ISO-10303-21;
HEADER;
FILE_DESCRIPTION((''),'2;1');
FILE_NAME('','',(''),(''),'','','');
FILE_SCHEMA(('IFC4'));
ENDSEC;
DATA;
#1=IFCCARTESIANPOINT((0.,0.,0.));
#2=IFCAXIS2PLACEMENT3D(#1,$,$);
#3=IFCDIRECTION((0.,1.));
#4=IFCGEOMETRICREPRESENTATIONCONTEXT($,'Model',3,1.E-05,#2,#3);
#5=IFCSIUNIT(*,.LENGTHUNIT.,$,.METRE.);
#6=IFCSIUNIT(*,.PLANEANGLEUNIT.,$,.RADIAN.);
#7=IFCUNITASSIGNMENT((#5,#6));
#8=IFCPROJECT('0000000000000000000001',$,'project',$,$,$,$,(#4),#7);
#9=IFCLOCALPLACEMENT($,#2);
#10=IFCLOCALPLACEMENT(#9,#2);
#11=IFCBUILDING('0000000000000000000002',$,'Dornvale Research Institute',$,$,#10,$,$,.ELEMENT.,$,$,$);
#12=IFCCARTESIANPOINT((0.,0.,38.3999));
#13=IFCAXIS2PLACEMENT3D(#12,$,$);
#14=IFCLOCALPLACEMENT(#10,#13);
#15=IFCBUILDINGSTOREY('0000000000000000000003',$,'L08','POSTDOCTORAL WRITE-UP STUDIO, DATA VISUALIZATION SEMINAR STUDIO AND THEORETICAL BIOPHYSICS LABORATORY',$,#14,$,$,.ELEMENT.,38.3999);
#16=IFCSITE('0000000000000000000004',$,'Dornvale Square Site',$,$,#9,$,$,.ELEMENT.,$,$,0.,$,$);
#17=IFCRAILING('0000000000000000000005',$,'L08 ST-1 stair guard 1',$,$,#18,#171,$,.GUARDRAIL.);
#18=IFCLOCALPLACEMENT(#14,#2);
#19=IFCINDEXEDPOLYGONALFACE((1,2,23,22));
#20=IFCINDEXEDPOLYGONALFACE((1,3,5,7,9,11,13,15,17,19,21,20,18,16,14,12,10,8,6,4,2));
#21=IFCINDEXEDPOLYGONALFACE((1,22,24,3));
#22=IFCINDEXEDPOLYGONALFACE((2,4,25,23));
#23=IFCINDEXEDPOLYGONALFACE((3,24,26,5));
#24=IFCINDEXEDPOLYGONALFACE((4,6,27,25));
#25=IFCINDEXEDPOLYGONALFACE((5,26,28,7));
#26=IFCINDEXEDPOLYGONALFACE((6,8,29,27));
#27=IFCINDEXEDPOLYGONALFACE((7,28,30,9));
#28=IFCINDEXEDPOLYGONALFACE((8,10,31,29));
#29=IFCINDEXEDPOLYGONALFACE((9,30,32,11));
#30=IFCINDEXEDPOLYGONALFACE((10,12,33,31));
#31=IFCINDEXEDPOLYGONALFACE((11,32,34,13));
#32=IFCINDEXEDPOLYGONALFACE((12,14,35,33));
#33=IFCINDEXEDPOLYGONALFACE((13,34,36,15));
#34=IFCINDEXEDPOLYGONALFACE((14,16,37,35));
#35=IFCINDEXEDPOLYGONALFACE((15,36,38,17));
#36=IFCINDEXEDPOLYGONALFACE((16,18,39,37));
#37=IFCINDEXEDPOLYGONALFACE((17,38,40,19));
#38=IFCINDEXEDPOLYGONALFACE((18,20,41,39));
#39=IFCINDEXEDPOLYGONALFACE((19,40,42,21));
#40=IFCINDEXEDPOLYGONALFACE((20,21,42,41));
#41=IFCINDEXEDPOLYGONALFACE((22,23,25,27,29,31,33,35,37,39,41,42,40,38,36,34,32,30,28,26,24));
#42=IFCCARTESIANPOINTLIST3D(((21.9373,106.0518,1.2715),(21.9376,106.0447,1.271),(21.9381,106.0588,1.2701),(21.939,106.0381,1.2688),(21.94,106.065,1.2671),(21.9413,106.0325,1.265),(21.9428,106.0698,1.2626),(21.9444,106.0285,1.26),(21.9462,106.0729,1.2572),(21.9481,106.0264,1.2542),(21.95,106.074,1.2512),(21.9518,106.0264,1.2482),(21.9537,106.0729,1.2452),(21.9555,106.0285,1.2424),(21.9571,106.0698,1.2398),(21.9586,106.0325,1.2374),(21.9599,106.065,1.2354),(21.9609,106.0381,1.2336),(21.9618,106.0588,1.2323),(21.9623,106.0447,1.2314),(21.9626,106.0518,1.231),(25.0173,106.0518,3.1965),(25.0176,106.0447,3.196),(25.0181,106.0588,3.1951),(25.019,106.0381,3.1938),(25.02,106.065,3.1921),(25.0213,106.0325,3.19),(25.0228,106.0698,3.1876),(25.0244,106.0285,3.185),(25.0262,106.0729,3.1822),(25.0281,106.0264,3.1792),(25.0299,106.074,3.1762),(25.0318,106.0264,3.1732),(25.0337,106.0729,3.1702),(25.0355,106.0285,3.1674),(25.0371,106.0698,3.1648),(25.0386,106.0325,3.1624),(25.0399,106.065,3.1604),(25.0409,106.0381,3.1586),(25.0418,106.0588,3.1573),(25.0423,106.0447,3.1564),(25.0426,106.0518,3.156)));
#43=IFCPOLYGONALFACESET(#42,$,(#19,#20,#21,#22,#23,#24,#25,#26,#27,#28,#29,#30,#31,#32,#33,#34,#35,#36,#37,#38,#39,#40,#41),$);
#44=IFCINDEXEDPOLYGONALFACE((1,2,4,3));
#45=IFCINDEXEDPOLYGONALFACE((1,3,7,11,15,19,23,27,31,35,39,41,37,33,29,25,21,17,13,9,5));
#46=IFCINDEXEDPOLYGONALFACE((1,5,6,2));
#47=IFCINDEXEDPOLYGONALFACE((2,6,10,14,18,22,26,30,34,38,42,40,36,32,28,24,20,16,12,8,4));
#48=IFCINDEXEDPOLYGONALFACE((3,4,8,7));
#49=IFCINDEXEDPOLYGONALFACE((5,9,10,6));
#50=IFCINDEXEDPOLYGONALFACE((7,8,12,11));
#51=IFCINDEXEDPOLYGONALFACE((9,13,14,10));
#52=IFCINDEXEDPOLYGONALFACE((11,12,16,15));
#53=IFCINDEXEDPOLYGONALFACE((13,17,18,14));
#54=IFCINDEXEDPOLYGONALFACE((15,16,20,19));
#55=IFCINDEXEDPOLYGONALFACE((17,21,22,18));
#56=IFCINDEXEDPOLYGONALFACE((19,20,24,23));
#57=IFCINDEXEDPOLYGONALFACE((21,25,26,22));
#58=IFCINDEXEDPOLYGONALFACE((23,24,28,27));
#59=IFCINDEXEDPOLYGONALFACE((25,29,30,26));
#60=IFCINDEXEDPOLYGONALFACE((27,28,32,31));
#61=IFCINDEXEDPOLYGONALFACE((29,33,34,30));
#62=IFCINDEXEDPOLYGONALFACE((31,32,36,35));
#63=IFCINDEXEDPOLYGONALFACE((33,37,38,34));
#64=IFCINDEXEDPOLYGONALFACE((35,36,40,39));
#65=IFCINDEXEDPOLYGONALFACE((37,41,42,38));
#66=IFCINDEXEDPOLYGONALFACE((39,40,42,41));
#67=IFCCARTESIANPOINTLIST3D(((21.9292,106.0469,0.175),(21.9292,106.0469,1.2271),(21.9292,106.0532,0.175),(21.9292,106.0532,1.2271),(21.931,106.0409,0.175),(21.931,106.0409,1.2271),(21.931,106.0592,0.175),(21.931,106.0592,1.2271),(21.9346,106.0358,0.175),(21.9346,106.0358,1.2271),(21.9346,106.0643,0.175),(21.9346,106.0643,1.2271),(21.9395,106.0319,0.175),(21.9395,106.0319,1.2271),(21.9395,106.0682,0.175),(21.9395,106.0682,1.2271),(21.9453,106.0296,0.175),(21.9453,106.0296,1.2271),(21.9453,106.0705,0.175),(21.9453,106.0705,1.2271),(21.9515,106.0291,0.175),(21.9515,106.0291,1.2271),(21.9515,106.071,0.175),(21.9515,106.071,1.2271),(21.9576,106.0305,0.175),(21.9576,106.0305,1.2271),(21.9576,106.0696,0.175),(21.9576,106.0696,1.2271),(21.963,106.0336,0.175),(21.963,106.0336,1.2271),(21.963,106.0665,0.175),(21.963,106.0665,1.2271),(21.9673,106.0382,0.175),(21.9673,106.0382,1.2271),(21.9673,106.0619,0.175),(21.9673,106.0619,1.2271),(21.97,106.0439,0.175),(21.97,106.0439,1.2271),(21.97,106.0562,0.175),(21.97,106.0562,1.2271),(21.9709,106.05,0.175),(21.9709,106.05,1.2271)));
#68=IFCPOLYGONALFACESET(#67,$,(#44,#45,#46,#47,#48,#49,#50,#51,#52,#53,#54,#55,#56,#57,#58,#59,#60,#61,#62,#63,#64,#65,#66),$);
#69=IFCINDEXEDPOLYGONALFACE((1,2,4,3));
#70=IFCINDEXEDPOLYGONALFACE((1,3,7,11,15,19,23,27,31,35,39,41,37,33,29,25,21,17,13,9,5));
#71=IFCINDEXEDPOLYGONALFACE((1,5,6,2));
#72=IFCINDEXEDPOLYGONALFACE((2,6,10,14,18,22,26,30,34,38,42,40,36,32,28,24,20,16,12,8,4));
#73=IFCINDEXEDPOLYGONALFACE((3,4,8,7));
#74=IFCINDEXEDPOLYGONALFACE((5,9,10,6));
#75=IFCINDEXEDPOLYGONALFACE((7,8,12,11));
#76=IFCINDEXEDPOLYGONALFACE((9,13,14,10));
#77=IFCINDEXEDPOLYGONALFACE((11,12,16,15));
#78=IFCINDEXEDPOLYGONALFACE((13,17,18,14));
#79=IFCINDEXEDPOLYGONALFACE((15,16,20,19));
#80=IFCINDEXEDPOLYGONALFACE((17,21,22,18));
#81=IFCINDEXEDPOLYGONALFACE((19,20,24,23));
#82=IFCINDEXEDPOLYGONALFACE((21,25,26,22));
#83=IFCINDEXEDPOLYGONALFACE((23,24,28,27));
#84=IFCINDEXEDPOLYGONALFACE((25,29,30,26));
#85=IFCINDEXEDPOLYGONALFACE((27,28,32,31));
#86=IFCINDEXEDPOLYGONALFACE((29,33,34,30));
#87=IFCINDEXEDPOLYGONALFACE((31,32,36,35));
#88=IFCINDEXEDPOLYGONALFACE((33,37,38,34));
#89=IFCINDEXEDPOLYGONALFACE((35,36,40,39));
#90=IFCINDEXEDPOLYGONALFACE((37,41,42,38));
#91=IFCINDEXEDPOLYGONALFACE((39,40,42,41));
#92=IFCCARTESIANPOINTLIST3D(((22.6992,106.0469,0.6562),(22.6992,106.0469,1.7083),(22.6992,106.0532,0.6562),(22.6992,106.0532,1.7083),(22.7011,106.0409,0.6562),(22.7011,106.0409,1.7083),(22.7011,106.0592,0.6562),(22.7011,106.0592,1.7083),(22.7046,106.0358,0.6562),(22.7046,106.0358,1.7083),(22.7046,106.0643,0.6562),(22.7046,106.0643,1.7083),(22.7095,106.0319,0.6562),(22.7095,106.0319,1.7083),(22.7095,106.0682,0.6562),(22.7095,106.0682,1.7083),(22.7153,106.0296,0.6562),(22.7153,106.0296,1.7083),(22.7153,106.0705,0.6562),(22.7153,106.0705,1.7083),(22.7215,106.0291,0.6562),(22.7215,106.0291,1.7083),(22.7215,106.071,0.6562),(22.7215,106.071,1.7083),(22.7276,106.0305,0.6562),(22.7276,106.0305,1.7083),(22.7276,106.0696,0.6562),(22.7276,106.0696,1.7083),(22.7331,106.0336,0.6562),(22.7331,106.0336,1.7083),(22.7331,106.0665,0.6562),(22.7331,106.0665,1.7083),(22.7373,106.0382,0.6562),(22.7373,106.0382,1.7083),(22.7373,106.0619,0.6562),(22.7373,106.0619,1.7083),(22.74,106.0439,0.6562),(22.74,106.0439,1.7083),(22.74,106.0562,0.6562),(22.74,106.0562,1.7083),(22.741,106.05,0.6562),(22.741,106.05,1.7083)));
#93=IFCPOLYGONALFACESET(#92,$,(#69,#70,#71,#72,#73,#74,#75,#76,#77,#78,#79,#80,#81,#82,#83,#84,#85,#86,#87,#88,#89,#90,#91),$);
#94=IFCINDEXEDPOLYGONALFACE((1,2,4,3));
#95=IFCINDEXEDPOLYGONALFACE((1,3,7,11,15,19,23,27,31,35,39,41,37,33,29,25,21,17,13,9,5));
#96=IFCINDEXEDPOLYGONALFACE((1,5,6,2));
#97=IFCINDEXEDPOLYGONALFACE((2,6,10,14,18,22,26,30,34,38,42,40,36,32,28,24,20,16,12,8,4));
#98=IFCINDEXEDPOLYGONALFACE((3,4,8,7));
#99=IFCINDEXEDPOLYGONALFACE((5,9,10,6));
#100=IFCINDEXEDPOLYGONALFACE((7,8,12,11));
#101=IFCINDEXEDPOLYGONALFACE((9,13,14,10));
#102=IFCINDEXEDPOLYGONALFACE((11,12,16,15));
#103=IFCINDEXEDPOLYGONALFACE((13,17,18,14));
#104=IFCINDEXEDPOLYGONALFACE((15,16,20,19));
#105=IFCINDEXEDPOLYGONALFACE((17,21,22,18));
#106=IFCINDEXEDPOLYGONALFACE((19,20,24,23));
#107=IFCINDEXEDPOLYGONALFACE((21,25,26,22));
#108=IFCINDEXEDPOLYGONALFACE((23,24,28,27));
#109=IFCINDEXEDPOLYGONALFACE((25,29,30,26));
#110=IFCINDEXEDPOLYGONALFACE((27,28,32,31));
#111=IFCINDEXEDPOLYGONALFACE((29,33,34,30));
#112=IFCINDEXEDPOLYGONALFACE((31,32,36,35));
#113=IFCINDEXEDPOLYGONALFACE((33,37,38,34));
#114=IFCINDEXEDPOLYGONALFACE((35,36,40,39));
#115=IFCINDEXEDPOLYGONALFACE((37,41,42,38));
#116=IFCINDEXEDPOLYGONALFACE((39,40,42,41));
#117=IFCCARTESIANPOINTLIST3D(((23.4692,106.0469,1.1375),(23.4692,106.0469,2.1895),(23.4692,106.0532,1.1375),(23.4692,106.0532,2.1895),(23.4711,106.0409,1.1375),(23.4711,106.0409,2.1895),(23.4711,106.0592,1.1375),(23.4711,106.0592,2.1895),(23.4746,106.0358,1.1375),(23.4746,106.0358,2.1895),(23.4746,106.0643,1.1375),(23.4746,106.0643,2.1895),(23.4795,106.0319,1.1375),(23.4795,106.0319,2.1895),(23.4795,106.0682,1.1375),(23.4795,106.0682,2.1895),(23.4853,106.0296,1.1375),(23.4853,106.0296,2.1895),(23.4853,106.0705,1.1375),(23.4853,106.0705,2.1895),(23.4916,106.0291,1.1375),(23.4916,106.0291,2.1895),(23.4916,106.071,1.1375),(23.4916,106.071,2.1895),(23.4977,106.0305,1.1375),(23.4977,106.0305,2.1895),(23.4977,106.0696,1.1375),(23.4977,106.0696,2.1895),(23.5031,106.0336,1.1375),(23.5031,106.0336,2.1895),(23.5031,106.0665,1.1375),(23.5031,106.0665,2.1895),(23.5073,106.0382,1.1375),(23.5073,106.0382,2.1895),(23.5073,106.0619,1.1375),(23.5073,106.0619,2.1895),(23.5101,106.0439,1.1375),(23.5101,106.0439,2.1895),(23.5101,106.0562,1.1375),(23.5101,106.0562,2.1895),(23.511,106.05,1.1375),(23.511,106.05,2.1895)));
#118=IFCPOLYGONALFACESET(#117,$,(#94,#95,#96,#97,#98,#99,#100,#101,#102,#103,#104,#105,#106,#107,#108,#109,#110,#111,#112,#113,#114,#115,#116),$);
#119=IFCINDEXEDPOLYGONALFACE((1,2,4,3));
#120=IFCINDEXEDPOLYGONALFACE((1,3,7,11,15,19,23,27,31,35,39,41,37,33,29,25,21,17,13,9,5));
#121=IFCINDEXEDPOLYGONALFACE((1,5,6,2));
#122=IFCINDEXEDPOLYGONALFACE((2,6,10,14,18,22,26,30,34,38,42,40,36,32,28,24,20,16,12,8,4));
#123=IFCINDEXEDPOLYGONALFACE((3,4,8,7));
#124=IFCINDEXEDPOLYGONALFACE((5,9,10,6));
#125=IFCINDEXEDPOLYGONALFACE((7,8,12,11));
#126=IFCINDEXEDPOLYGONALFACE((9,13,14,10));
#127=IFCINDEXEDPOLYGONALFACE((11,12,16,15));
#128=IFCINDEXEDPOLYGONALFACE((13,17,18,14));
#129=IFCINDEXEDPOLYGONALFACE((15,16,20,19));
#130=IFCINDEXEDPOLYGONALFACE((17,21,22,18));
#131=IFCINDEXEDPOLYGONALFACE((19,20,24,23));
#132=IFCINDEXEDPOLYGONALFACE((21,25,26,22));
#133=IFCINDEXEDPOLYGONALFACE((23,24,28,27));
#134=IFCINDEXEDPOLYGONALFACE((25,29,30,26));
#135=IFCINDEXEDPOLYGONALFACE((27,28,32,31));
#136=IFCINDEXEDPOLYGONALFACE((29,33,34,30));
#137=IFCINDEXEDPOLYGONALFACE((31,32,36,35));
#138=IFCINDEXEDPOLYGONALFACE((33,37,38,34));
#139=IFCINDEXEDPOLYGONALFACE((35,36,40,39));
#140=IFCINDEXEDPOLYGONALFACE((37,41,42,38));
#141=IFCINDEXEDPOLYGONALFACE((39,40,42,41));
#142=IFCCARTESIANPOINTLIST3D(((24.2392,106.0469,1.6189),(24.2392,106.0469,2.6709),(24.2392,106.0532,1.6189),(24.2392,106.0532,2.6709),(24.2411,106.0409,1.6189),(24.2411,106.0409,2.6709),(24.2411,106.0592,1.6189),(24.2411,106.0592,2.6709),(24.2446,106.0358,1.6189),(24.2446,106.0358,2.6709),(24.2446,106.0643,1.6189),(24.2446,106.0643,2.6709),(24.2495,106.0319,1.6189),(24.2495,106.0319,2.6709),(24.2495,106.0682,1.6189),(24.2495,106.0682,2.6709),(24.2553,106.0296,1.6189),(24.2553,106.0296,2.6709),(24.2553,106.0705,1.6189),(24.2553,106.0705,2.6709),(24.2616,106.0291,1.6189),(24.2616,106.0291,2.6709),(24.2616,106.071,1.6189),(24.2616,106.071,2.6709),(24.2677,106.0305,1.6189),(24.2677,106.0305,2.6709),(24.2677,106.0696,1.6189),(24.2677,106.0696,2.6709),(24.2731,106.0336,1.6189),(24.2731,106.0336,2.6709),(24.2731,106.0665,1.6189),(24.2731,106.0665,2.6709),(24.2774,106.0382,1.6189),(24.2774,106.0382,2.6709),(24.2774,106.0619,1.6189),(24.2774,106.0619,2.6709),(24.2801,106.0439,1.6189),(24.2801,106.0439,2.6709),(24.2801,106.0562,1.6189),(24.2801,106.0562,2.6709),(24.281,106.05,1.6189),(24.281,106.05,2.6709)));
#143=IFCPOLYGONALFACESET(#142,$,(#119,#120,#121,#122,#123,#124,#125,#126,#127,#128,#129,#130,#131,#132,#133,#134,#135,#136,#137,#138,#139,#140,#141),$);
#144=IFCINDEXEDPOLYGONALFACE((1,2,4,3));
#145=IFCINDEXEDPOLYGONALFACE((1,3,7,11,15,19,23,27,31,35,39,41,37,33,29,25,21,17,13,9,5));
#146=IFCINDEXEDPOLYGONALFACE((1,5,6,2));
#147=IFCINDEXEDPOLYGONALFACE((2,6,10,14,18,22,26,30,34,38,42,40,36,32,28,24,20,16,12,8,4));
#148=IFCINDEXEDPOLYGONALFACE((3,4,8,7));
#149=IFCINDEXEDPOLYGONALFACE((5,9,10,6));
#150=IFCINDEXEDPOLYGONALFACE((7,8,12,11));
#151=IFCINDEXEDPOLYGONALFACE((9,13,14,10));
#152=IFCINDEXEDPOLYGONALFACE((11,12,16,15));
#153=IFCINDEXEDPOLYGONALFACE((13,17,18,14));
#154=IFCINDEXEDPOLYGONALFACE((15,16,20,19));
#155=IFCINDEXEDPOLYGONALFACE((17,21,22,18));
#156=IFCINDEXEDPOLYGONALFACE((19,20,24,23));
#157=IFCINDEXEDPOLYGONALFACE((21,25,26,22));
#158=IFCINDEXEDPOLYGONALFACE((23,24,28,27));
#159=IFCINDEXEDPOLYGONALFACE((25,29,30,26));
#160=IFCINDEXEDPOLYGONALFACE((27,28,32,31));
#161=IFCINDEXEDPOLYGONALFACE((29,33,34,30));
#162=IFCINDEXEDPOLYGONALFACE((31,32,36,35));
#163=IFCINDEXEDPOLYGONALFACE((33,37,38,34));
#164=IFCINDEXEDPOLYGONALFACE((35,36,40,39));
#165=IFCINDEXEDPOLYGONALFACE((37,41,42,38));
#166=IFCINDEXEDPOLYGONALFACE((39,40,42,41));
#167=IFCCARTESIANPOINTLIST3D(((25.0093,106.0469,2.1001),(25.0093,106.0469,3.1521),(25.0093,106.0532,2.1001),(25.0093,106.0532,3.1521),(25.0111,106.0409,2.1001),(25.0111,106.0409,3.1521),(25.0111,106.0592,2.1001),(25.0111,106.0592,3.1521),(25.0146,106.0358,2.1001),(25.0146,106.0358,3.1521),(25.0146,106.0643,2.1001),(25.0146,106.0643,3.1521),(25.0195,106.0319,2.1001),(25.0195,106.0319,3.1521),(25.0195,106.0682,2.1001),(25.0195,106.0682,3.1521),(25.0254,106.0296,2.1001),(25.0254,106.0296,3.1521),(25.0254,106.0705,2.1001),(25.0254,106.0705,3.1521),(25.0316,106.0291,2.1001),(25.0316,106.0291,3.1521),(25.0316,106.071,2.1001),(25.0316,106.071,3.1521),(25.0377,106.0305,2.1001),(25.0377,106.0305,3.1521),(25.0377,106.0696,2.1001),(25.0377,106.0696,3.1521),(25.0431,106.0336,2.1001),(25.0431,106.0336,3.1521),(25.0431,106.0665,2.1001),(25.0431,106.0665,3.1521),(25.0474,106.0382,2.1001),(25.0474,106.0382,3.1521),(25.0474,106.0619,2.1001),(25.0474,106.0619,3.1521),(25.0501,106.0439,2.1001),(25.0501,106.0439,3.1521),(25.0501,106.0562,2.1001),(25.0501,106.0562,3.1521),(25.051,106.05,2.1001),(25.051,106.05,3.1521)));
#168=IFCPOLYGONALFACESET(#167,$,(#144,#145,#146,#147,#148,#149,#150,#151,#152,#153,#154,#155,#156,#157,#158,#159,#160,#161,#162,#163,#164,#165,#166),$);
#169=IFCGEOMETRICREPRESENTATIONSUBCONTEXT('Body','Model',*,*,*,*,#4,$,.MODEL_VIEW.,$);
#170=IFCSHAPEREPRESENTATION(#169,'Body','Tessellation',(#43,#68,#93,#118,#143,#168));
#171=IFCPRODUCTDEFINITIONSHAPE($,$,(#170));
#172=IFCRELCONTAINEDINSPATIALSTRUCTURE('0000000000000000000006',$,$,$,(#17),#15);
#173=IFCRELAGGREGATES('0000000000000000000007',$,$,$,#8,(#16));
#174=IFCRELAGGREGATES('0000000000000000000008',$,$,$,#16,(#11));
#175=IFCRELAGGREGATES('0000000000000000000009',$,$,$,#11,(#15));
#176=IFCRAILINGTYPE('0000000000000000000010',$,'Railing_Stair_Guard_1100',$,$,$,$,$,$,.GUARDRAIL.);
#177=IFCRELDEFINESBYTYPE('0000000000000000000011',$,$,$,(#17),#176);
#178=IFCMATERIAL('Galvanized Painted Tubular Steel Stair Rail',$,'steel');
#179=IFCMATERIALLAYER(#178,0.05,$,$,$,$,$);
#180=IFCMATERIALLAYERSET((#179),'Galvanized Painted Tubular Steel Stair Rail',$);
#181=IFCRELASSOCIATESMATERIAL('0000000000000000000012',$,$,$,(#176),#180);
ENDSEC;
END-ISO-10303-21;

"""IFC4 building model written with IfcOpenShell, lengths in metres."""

from ifc_helpers import new_model, si_unit, direction, frame, origin, origin_2d, place, context, subcontext, project, spatial, circle, extrude, material, layer, layer_set, type_object, element, save


model = new_model("IFC4")

# Units and contexts
model_context = context("Model", 3, precision=1e-05, world=origin(), true_north=direction((0.0, 1.0)))
body_context = subcontext(model_context, "Body", "Model", "MODEL_VIEW")
ifc_project = project(units=[si_unit("LENGTHUNIT", "METRE"), si_unit("PLANEANGLEUNIT", "RADIAN")], contexts=[model_context])

# Site, building, storey
site_placement = place(None, origin())
site = spatial("IfcSite", under=ifc_project, at=site_placement, Name="Dornvale Square Site", CompositionType="ELEMENT", RefElevation=0.0)
building_placement = place(site_placement, origin())
building = spatial("IfcBuilding", under=site, at=building_placement, Name="Dornvale Research Institute", CompositionType="ELEMENT")
storey_placement = place(building_placement, frame((0.0, 0.0, 38.3999)))
storey = spatial("IfcBuildingStorey", under=building, at=storey_placement, Name="L08", Description="POSTDOCTORAL WRITE-UP STUDIO, DATA VISUALIZATION SEMINAR STUDIO AND THEORETICAL BIOPHYSICS LABORATORY", CompositionType="ELEMENT", Elevation=38.3999)

# Railing
ifc_material_1 = material(Name="Galvanized Painted Tubular Steel Stair Rail", Category="steel")
ifc_layer_1 = layer(ifc_material_1, 0.05)
ifc_layer_set_1 = layer_set([ifc_layer_1], Name="Galvanized Painted Tubular Steel Stair Rail")
railing_type_1 = type_object("IfcRailingType", Name="Railing_Stair_Guard_1100", PredefinedType="GUARDRAIL", material=ifc_layer_set_1)
railing_1_placement = place(storey_placement, frame((21.95, 106.05, 0.175)))
element("IfcRailing", 1, at=railing_1_placement, inside=storey, type_object=railing_type_1, Name="L08 ST-1 stair guard 1", PredefinedType="GUARDRAIL", context=body_context, shape_type="SweptSolid", body=[
    extrude(circle(Radius=0.0239, at=origin_2d()), frame((0.0, 0.0, 1.0762), z_axis=(0.847998, 0.0, 0.529999), x_axis=(0.0, 1.0, 0.0)), (0.0, 0.0, 1.0), 3.6321),
    extrude(circle(Radius=0.021, at=origin_2d()), origin(), (0.0, 0.0, 1.0), 1.052),
    extrude(circle(Radius=0.021, at=origin_2d()), frame((0.77, 0.0, 0.4812)), (0.0, 0.0, 1.0), 1.052),
    extrude(circle(Radius=0.021, at=origin_2d()), frame((1.54, 0.0, 0.9624)), (0.0, 0.0, 1.0), 1.052),
    extrude(circle(Radius=0.021, at=origin_2d()), frame((2.3101, 0.0, 1.4438)), (0.0, 0.0, 1.0), 1.052),
    extrude(circle(Radius=0.021, at=origin_2d()), frame((3.0801, 0.0, 1.925)), (0.0, 0.0, 1.0), 1.052),
])

save(model, "model.ifc")
